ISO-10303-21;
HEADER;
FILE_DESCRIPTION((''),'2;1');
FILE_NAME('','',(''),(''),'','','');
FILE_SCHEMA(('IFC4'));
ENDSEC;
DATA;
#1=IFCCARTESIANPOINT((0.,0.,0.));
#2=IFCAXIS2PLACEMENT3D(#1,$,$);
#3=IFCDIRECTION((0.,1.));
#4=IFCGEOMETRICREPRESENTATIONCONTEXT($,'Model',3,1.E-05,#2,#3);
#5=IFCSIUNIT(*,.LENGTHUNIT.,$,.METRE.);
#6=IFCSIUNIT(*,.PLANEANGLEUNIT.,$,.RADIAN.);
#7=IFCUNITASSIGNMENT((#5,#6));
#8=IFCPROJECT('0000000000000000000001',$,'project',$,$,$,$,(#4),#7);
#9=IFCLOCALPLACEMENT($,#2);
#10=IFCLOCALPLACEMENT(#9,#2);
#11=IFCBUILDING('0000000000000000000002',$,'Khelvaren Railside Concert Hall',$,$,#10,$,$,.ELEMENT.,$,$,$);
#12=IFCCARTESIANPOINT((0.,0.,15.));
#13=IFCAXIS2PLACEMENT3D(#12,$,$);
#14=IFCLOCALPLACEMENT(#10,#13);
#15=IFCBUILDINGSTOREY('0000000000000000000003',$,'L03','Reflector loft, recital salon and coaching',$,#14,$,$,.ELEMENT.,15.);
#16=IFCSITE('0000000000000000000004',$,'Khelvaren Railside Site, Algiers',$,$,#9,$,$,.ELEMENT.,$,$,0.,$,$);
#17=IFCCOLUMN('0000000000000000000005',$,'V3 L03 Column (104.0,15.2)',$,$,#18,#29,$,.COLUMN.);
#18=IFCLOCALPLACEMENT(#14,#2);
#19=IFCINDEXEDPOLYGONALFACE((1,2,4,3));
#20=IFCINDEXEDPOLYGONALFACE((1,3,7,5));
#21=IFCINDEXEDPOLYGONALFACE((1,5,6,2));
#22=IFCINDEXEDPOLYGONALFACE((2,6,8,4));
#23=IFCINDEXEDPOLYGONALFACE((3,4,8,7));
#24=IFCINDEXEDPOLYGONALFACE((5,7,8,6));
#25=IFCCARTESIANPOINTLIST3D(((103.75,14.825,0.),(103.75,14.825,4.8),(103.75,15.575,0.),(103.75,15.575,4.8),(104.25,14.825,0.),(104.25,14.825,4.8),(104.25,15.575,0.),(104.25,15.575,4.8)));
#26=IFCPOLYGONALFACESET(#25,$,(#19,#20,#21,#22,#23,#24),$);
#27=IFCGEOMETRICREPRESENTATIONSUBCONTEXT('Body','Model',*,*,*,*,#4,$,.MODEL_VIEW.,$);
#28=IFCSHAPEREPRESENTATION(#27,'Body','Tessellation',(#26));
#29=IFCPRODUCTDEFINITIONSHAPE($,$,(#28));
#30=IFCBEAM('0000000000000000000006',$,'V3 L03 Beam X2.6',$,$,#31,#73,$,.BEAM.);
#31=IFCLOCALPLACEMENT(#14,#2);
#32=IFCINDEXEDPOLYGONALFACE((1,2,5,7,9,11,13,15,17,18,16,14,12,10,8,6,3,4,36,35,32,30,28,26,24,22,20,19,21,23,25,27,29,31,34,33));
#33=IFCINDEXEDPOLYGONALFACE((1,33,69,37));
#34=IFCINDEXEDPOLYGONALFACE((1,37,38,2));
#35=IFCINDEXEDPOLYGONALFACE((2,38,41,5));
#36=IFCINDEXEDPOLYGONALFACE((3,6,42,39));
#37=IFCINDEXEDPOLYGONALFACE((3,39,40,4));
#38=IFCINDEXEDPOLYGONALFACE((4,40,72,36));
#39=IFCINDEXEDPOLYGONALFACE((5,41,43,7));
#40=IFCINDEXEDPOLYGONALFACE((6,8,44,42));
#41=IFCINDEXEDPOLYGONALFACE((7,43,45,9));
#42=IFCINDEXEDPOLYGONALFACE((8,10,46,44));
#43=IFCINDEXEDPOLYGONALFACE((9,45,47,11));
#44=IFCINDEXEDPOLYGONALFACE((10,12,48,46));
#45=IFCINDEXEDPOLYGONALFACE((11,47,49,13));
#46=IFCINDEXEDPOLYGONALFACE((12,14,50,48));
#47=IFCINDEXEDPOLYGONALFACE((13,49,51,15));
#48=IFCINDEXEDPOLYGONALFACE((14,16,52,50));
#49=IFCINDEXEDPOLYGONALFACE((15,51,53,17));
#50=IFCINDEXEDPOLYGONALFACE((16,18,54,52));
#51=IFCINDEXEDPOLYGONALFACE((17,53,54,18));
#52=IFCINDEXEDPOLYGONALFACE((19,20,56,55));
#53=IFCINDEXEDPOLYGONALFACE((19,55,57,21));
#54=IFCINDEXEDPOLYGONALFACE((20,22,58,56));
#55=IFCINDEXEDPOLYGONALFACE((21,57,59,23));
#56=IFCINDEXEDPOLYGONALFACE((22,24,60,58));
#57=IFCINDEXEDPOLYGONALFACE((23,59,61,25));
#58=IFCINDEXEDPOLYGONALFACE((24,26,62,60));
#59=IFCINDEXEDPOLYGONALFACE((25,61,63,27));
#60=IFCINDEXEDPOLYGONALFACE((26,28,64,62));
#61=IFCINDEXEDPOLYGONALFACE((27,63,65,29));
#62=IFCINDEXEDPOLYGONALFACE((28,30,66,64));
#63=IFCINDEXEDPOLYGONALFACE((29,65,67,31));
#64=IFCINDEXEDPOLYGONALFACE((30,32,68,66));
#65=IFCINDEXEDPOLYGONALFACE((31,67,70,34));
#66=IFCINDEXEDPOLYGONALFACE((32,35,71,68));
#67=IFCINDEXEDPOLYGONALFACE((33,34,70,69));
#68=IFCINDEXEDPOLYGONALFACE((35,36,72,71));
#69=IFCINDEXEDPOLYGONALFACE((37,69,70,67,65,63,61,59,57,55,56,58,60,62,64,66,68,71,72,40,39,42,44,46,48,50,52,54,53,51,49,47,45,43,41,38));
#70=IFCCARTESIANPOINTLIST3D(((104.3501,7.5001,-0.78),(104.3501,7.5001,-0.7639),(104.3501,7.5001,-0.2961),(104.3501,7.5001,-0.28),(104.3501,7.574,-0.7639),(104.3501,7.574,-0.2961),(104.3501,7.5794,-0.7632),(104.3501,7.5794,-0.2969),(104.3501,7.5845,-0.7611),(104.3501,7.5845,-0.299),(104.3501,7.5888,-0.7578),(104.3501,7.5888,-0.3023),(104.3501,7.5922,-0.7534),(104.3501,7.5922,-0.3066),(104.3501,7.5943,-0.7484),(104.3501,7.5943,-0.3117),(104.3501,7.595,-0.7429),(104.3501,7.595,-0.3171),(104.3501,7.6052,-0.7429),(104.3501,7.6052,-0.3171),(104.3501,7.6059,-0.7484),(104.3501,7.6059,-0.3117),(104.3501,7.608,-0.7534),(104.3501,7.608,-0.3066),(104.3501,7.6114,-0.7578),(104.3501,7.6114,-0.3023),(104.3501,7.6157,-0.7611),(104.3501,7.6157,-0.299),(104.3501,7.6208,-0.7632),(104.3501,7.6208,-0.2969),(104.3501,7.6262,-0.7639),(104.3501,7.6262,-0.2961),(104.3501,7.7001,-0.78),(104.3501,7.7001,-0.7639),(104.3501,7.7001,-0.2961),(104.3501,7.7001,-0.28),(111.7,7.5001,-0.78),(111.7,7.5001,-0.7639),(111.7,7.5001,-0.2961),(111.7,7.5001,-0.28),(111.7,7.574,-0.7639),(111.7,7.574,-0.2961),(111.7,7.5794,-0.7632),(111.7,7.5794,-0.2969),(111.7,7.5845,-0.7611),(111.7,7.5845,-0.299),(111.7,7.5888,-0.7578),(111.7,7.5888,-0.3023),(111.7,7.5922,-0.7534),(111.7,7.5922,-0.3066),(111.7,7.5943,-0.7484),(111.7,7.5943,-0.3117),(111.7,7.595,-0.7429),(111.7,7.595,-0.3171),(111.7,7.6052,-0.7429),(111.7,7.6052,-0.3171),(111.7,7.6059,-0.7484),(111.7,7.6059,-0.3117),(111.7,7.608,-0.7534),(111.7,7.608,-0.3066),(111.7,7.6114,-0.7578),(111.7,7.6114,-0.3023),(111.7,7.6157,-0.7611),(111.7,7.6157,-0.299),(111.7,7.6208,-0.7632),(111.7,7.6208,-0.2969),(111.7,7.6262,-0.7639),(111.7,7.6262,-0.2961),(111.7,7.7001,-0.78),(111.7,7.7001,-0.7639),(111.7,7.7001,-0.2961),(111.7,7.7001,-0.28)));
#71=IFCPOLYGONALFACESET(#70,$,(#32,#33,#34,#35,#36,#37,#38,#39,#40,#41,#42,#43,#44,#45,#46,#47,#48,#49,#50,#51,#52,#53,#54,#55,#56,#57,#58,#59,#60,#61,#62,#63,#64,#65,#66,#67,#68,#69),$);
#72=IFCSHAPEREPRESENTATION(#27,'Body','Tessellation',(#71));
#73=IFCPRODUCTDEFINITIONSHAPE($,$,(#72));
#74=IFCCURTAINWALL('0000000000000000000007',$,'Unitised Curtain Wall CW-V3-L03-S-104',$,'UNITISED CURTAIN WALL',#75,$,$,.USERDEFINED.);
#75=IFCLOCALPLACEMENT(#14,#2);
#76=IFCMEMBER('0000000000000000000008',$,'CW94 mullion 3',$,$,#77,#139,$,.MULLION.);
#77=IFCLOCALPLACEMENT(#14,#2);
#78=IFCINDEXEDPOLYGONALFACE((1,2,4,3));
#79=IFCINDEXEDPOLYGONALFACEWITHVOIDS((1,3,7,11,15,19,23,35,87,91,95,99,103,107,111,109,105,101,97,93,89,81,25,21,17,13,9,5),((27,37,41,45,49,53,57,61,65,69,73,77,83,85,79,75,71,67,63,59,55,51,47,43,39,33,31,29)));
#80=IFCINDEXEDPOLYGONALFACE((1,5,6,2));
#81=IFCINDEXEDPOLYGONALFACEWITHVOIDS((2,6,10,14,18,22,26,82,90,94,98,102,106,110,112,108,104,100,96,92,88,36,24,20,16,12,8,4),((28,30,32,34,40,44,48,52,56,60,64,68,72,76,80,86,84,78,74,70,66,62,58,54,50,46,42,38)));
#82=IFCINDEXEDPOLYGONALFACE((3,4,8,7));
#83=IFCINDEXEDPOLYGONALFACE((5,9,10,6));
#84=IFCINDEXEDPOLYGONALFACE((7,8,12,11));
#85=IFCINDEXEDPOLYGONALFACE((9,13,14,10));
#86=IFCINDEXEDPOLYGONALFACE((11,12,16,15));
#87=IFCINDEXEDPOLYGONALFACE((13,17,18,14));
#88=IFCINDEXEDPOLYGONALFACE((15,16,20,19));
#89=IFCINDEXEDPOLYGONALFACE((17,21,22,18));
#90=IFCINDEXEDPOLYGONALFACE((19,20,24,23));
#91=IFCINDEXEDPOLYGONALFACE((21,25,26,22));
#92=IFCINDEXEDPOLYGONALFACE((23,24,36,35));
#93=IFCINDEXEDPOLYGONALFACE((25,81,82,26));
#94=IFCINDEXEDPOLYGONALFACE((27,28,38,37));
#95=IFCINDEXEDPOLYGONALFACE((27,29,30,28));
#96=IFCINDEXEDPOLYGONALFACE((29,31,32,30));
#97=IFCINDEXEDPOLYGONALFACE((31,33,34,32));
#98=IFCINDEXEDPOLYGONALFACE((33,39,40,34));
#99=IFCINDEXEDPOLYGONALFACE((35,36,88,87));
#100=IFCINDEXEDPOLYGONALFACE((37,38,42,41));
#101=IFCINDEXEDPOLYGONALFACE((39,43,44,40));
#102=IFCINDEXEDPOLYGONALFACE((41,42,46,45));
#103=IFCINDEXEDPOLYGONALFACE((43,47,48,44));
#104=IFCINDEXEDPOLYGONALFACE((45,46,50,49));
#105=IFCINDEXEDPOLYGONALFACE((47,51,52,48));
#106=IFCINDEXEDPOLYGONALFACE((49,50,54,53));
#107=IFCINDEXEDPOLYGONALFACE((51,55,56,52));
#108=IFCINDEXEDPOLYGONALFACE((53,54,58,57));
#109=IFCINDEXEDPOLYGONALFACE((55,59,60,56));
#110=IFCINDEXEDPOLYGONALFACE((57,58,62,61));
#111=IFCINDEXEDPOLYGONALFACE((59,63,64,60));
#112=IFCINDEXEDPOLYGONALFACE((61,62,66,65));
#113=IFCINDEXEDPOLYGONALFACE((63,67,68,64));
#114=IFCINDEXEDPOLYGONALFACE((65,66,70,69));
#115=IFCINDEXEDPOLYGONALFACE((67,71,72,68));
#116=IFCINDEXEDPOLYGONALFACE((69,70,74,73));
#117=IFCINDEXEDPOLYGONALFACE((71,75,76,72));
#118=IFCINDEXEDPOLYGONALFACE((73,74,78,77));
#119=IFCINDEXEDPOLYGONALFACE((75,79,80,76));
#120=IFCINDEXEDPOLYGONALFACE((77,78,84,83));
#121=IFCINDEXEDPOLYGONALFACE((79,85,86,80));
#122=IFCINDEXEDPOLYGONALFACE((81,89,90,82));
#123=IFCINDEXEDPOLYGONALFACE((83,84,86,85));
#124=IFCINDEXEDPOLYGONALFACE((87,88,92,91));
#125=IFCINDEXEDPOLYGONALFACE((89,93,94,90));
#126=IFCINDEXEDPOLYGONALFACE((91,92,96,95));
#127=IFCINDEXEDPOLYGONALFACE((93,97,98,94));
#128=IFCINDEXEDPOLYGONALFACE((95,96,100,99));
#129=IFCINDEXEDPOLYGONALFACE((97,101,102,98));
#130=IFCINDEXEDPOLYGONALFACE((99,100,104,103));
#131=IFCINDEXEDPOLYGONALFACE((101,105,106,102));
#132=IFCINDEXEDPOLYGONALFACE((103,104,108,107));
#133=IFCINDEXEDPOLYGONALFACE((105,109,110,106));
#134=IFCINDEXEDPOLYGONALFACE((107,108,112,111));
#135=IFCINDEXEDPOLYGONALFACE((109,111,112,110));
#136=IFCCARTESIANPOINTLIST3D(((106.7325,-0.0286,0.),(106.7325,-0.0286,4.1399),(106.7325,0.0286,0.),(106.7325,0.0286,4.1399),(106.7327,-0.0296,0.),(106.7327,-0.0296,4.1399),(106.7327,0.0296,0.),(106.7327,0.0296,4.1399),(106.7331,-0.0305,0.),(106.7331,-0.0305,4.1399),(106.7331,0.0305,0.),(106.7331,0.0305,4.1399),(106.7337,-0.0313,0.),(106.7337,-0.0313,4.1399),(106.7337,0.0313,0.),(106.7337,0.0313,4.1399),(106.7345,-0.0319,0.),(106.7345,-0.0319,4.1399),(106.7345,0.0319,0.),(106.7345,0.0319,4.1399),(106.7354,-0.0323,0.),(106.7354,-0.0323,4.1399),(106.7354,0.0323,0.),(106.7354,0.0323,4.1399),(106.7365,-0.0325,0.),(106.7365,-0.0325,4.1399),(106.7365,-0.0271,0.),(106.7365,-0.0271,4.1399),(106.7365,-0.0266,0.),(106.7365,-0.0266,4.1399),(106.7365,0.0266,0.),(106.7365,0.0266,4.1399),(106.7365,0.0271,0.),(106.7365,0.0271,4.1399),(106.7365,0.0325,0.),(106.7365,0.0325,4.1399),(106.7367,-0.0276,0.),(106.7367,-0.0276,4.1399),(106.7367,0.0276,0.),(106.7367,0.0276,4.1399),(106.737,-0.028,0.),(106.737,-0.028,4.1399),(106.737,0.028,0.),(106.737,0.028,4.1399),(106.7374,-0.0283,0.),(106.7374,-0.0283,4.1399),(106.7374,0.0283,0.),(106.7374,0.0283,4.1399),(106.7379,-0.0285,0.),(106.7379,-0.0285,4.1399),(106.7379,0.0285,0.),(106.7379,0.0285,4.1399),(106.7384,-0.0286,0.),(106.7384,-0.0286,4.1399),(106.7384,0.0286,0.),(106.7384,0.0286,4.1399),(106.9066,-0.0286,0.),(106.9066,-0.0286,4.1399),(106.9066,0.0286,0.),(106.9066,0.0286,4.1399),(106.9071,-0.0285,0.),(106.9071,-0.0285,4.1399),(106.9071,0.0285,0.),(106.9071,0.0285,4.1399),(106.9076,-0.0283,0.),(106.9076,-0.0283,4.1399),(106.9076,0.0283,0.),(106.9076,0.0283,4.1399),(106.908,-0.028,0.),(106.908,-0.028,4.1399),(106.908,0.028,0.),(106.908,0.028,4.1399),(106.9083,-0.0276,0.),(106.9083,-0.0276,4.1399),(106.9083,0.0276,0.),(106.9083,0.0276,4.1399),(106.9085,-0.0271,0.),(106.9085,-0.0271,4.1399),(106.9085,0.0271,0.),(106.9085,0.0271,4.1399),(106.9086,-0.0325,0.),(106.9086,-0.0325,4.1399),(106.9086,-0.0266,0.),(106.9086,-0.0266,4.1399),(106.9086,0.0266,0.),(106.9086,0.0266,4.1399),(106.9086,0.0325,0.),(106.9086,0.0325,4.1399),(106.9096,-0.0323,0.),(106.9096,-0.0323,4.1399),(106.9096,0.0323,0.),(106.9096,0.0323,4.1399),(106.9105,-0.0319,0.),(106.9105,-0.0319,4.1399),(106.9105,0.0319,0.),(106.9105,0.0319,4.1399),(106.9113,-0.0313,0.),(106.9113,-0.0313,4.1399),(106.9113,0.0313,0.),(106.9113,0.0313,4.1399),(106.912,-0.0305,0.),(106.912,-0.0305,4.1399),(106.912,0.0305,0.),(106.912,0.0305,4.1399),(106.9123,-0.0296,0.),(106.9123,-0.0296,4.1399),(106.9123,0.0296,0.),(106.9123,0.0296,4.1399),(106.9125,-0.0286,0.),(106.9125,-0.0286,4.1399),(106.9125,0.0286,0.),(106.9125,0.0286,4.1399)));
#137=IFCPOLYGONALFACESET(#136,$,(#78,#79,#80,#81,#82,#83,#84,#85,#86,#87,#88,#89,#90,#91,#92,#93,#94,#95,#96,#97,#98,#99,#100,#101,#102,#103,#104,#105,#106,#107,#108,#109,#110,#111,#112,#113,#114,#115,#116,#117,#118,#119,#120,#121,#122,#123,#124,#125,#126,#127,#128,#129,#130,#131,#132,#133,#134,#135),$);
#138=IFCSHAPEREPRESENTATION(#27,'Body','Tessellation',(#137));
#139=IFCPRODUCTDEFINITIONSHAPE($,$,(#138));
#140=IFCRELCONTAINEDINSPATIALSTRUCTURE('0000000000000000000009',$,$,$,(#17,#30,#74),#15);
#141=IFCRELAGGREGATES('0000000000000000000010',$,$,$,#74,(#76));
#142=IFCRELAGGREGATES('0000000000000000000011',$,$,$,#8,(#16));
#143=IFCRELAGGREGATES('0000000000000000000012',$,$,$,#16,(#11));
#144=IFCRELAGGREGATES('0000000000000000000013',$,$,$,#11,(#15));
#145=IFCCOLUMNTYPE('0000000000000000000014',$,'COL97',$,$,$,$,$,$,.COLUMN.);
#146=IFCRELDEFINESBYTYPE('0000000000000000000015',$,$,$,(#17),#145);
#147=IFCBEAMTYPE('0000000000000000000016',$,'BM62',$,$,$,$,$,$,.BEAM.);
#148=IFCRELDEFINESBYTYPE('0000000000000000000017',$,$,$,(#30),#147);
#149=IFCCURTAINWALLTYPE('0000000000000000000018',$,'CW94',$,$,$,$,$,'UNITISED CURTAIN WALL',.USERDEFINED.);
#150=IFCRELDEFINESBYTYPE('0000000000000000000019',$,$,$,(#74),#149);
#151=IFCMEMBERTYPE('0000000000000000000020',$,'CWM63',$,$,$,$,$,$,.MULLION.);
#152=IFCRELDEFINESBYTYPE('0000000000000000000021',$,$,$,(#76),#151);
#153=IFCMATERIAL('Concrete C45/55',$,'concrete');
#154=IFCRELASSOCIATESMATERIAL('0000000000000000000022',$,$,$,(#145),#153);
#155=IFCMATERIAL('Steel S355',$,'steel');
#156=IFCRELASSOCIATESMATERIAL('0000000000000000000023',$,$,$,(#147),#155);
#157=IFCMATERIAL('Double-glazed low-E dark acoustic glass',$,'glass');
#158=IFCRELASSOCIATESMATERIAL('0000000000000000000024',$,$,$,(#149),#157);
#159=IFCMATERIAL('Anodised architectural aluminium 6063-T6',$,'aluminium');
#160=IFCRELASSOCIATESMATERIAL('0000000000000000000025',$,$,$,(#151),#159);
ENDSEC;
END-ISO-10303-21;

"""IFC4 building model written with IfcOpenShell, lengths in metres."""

from ifc_helpers import new_model, si_unit, direction, frame, origin, origin_2d, place, context, subcontext, project, spatial, rectangle, hollow_rectangle, i_section, extrude, material, material_profile, profile_set, type_object, element, aggregate, save


model = new_model("IFC4")

# Units and contexts
model_context = context("Model", 3, precision=1e-05, world=origin(), true_north=direction((0.0, 1.0)))
body_context = subcontext(model_context, "Body", "Model", "MODEL_VIEW")
ifc_project = project(units=[si_unit("LENGTHUNIT", "METRE"), si_unit("PLANEANGLEUNIT", "RADIAN")], contexts=[model_context])

# Site, building, storey
site_placement = place(None, origin())
site = spatial("IfcSite", under=ifc_project, at=site_placement, Name="Khelvaren Railside Site, Algiers", CompositionType="ELEMENT", RefElevation=0.0)
building_placement = place(site_placement, origin())
building = spatial("IfcBuilding", under=site, at=building_placement, Name="Khelvaren Railside Concert Hall", CompositionType="ELEMENT")
storey_placement = place(building_placement, frame((0.0, 0.0, 15.0)))
storey = spatial("IfcBuildingStorey", under=building, at=storey_placement, Name="L03", Description="Reflector loft, recital salon and coaching", CompositionType="ELEMENT", Elevation=15.0)

# Column
ifc_material_1 = material(Name="Concrete C45/55", Category="concrete")
ifc_material_profile_1 = material_profile(ifc_material_1, rectangle(XDim=0.5, YDim=0.75, at=origin_2d()), Name="RC 500x750")
ifc_profile_set_1 = profile_set([ifc_material_profile_1], Name="Concrete C45/55")
column_type = type_object("IfcColumnType", Name="COL97", PredefinedType="COLUMN", material=ifc_profile_set_1)
column_placement = place(storey_placement, frame((104.0, 15.2, 0.0), z_axis=(0.0, 0.0, 1.0), x_axis=(1.0, 0.0, 0.0)))
element("IfcColumn", 1, at=column_placement, inside=storey, type_object=column_type, Name="V3 L03 Column (104.0,15.2)", PredefinedType="COLUMN", context=body_context, shape_type="SweptSolid", body=[
    extrude(rectangle(XDim=0.5, YDim=0.75, at=origin_2d()), origin(), (0.0, 0.0, 1.0), 4.8),
])

# Beam
ifc_material_2 = material(Name="Steel S355", Category="steel")
ifc_material_profile_2 = material_profile(ifc_material_2, i_section(OverallWidth=0.2, OverallDepth=0.5, WebThickness=0.0103, FlangeThickness=0.0161, FilletRadius=0.021, at=origin_2d()), Name="IPE 500")
ifc_profile_set_2 = profile_set([ifc_material_profile_2], Name="Steel S355")
beam_type_1 = type_object("IfcBeamType", Name="BM62", PredefinedType="BEAM", material=ifc_profile_set_2)
beam_1_placement = place(storey_placement, frame((104.3501, 7.6001, -0.53), z_axis=(1.0, 0.0, 0.0), x_axis=(0.0, 1.0, 0.0)))
element("IfcBeam", 2, at=beam_1_placement, inside=storey, type_object=beam_type_1, Name="V3 L03 Beam X2.6", PredefinedType="BEAM", context=body_context, shape_type="SweptSolid", body=[
    extrude(i_section(OverallWidth=0.2, OverallDepth=0.5, WebThickness=0.0103, FlangeThickness=0.0161, FilletRadius=0.021, at=origin_2d()), origin(), (0.0, 0.0, 1.0), 7.3499),
])

# Curtain wall, member
ifc_material_3 = material(Name="Double-glazed low-E dark acoustic glass", Category="glass")
curtain_wall_type_1 = type_object("IfcCurtainWallType", Name="CW94", ElementType="UNITISED CURTAIN WALL", PredefinedType="USERDEFINED", material=ifc_material_3)
curtain_wall_1_placement = place(storey_placement, origin())
curtain_wall_1 = element("IfcCurtainWall", 3, at=curtain_wall_1_placement, inside=storey, type_object=curtain_wall_type_1, Name="Unitised Curtain Wall CW-V3-L03-S-104", ObjectType="UNITISED CURTAIN WALL", PredefinedType="USERDEFINED")
ifc_material_4 = material(Name="Anodised architectural aluminium 6063-T6", Category="aluminium")
ifc_material_profile_3 = material_profile(ifc_material_4, hollow_rectangle(XDim=0.0649, YDim=0.1799, WallThickness=0.0039, InnerFilletRadius=0.002, OuterFilletRadius=0.0039, at=origin_2d()), Name="CWM 65x180x4")
ifc_profile_set_3 = profile_set([ifc_material_profile_3], Name="Anodised architectural aluminium 6063-T6")
member_type_1 = type_object("IfcMemberType", Name="CWM63", PredefinedType="MULLION", material=ifc_profile_set_3)
member_1_placement = place(storey_placement, frame((106.8225, 0.0, 0.0), z_axis=(0.0, 0.0, 1.0), x_axis=(0.0, -1.0, 0.0)))
member_1 = element("IfcMember", 4, at=member_1_placement, type_object=member_type_1, Name="CW94 mullion 3", PredefinedType="MULLION", context=body_context, shape_type="SweptSolid", body=[
    extrude(hollow_rectangle(XDim=0.0649, YDim=0.1799, WallThickness=0.0039, InnerFilletRadius=0.002, OuterFilletRadius=0.0039, at=origin_2d()), origin(), (0.0, 0.0, 1.0), 4.1399),
])

aggregate(curtain_wall_1, [member_1])

save(model, "model.ifc")
